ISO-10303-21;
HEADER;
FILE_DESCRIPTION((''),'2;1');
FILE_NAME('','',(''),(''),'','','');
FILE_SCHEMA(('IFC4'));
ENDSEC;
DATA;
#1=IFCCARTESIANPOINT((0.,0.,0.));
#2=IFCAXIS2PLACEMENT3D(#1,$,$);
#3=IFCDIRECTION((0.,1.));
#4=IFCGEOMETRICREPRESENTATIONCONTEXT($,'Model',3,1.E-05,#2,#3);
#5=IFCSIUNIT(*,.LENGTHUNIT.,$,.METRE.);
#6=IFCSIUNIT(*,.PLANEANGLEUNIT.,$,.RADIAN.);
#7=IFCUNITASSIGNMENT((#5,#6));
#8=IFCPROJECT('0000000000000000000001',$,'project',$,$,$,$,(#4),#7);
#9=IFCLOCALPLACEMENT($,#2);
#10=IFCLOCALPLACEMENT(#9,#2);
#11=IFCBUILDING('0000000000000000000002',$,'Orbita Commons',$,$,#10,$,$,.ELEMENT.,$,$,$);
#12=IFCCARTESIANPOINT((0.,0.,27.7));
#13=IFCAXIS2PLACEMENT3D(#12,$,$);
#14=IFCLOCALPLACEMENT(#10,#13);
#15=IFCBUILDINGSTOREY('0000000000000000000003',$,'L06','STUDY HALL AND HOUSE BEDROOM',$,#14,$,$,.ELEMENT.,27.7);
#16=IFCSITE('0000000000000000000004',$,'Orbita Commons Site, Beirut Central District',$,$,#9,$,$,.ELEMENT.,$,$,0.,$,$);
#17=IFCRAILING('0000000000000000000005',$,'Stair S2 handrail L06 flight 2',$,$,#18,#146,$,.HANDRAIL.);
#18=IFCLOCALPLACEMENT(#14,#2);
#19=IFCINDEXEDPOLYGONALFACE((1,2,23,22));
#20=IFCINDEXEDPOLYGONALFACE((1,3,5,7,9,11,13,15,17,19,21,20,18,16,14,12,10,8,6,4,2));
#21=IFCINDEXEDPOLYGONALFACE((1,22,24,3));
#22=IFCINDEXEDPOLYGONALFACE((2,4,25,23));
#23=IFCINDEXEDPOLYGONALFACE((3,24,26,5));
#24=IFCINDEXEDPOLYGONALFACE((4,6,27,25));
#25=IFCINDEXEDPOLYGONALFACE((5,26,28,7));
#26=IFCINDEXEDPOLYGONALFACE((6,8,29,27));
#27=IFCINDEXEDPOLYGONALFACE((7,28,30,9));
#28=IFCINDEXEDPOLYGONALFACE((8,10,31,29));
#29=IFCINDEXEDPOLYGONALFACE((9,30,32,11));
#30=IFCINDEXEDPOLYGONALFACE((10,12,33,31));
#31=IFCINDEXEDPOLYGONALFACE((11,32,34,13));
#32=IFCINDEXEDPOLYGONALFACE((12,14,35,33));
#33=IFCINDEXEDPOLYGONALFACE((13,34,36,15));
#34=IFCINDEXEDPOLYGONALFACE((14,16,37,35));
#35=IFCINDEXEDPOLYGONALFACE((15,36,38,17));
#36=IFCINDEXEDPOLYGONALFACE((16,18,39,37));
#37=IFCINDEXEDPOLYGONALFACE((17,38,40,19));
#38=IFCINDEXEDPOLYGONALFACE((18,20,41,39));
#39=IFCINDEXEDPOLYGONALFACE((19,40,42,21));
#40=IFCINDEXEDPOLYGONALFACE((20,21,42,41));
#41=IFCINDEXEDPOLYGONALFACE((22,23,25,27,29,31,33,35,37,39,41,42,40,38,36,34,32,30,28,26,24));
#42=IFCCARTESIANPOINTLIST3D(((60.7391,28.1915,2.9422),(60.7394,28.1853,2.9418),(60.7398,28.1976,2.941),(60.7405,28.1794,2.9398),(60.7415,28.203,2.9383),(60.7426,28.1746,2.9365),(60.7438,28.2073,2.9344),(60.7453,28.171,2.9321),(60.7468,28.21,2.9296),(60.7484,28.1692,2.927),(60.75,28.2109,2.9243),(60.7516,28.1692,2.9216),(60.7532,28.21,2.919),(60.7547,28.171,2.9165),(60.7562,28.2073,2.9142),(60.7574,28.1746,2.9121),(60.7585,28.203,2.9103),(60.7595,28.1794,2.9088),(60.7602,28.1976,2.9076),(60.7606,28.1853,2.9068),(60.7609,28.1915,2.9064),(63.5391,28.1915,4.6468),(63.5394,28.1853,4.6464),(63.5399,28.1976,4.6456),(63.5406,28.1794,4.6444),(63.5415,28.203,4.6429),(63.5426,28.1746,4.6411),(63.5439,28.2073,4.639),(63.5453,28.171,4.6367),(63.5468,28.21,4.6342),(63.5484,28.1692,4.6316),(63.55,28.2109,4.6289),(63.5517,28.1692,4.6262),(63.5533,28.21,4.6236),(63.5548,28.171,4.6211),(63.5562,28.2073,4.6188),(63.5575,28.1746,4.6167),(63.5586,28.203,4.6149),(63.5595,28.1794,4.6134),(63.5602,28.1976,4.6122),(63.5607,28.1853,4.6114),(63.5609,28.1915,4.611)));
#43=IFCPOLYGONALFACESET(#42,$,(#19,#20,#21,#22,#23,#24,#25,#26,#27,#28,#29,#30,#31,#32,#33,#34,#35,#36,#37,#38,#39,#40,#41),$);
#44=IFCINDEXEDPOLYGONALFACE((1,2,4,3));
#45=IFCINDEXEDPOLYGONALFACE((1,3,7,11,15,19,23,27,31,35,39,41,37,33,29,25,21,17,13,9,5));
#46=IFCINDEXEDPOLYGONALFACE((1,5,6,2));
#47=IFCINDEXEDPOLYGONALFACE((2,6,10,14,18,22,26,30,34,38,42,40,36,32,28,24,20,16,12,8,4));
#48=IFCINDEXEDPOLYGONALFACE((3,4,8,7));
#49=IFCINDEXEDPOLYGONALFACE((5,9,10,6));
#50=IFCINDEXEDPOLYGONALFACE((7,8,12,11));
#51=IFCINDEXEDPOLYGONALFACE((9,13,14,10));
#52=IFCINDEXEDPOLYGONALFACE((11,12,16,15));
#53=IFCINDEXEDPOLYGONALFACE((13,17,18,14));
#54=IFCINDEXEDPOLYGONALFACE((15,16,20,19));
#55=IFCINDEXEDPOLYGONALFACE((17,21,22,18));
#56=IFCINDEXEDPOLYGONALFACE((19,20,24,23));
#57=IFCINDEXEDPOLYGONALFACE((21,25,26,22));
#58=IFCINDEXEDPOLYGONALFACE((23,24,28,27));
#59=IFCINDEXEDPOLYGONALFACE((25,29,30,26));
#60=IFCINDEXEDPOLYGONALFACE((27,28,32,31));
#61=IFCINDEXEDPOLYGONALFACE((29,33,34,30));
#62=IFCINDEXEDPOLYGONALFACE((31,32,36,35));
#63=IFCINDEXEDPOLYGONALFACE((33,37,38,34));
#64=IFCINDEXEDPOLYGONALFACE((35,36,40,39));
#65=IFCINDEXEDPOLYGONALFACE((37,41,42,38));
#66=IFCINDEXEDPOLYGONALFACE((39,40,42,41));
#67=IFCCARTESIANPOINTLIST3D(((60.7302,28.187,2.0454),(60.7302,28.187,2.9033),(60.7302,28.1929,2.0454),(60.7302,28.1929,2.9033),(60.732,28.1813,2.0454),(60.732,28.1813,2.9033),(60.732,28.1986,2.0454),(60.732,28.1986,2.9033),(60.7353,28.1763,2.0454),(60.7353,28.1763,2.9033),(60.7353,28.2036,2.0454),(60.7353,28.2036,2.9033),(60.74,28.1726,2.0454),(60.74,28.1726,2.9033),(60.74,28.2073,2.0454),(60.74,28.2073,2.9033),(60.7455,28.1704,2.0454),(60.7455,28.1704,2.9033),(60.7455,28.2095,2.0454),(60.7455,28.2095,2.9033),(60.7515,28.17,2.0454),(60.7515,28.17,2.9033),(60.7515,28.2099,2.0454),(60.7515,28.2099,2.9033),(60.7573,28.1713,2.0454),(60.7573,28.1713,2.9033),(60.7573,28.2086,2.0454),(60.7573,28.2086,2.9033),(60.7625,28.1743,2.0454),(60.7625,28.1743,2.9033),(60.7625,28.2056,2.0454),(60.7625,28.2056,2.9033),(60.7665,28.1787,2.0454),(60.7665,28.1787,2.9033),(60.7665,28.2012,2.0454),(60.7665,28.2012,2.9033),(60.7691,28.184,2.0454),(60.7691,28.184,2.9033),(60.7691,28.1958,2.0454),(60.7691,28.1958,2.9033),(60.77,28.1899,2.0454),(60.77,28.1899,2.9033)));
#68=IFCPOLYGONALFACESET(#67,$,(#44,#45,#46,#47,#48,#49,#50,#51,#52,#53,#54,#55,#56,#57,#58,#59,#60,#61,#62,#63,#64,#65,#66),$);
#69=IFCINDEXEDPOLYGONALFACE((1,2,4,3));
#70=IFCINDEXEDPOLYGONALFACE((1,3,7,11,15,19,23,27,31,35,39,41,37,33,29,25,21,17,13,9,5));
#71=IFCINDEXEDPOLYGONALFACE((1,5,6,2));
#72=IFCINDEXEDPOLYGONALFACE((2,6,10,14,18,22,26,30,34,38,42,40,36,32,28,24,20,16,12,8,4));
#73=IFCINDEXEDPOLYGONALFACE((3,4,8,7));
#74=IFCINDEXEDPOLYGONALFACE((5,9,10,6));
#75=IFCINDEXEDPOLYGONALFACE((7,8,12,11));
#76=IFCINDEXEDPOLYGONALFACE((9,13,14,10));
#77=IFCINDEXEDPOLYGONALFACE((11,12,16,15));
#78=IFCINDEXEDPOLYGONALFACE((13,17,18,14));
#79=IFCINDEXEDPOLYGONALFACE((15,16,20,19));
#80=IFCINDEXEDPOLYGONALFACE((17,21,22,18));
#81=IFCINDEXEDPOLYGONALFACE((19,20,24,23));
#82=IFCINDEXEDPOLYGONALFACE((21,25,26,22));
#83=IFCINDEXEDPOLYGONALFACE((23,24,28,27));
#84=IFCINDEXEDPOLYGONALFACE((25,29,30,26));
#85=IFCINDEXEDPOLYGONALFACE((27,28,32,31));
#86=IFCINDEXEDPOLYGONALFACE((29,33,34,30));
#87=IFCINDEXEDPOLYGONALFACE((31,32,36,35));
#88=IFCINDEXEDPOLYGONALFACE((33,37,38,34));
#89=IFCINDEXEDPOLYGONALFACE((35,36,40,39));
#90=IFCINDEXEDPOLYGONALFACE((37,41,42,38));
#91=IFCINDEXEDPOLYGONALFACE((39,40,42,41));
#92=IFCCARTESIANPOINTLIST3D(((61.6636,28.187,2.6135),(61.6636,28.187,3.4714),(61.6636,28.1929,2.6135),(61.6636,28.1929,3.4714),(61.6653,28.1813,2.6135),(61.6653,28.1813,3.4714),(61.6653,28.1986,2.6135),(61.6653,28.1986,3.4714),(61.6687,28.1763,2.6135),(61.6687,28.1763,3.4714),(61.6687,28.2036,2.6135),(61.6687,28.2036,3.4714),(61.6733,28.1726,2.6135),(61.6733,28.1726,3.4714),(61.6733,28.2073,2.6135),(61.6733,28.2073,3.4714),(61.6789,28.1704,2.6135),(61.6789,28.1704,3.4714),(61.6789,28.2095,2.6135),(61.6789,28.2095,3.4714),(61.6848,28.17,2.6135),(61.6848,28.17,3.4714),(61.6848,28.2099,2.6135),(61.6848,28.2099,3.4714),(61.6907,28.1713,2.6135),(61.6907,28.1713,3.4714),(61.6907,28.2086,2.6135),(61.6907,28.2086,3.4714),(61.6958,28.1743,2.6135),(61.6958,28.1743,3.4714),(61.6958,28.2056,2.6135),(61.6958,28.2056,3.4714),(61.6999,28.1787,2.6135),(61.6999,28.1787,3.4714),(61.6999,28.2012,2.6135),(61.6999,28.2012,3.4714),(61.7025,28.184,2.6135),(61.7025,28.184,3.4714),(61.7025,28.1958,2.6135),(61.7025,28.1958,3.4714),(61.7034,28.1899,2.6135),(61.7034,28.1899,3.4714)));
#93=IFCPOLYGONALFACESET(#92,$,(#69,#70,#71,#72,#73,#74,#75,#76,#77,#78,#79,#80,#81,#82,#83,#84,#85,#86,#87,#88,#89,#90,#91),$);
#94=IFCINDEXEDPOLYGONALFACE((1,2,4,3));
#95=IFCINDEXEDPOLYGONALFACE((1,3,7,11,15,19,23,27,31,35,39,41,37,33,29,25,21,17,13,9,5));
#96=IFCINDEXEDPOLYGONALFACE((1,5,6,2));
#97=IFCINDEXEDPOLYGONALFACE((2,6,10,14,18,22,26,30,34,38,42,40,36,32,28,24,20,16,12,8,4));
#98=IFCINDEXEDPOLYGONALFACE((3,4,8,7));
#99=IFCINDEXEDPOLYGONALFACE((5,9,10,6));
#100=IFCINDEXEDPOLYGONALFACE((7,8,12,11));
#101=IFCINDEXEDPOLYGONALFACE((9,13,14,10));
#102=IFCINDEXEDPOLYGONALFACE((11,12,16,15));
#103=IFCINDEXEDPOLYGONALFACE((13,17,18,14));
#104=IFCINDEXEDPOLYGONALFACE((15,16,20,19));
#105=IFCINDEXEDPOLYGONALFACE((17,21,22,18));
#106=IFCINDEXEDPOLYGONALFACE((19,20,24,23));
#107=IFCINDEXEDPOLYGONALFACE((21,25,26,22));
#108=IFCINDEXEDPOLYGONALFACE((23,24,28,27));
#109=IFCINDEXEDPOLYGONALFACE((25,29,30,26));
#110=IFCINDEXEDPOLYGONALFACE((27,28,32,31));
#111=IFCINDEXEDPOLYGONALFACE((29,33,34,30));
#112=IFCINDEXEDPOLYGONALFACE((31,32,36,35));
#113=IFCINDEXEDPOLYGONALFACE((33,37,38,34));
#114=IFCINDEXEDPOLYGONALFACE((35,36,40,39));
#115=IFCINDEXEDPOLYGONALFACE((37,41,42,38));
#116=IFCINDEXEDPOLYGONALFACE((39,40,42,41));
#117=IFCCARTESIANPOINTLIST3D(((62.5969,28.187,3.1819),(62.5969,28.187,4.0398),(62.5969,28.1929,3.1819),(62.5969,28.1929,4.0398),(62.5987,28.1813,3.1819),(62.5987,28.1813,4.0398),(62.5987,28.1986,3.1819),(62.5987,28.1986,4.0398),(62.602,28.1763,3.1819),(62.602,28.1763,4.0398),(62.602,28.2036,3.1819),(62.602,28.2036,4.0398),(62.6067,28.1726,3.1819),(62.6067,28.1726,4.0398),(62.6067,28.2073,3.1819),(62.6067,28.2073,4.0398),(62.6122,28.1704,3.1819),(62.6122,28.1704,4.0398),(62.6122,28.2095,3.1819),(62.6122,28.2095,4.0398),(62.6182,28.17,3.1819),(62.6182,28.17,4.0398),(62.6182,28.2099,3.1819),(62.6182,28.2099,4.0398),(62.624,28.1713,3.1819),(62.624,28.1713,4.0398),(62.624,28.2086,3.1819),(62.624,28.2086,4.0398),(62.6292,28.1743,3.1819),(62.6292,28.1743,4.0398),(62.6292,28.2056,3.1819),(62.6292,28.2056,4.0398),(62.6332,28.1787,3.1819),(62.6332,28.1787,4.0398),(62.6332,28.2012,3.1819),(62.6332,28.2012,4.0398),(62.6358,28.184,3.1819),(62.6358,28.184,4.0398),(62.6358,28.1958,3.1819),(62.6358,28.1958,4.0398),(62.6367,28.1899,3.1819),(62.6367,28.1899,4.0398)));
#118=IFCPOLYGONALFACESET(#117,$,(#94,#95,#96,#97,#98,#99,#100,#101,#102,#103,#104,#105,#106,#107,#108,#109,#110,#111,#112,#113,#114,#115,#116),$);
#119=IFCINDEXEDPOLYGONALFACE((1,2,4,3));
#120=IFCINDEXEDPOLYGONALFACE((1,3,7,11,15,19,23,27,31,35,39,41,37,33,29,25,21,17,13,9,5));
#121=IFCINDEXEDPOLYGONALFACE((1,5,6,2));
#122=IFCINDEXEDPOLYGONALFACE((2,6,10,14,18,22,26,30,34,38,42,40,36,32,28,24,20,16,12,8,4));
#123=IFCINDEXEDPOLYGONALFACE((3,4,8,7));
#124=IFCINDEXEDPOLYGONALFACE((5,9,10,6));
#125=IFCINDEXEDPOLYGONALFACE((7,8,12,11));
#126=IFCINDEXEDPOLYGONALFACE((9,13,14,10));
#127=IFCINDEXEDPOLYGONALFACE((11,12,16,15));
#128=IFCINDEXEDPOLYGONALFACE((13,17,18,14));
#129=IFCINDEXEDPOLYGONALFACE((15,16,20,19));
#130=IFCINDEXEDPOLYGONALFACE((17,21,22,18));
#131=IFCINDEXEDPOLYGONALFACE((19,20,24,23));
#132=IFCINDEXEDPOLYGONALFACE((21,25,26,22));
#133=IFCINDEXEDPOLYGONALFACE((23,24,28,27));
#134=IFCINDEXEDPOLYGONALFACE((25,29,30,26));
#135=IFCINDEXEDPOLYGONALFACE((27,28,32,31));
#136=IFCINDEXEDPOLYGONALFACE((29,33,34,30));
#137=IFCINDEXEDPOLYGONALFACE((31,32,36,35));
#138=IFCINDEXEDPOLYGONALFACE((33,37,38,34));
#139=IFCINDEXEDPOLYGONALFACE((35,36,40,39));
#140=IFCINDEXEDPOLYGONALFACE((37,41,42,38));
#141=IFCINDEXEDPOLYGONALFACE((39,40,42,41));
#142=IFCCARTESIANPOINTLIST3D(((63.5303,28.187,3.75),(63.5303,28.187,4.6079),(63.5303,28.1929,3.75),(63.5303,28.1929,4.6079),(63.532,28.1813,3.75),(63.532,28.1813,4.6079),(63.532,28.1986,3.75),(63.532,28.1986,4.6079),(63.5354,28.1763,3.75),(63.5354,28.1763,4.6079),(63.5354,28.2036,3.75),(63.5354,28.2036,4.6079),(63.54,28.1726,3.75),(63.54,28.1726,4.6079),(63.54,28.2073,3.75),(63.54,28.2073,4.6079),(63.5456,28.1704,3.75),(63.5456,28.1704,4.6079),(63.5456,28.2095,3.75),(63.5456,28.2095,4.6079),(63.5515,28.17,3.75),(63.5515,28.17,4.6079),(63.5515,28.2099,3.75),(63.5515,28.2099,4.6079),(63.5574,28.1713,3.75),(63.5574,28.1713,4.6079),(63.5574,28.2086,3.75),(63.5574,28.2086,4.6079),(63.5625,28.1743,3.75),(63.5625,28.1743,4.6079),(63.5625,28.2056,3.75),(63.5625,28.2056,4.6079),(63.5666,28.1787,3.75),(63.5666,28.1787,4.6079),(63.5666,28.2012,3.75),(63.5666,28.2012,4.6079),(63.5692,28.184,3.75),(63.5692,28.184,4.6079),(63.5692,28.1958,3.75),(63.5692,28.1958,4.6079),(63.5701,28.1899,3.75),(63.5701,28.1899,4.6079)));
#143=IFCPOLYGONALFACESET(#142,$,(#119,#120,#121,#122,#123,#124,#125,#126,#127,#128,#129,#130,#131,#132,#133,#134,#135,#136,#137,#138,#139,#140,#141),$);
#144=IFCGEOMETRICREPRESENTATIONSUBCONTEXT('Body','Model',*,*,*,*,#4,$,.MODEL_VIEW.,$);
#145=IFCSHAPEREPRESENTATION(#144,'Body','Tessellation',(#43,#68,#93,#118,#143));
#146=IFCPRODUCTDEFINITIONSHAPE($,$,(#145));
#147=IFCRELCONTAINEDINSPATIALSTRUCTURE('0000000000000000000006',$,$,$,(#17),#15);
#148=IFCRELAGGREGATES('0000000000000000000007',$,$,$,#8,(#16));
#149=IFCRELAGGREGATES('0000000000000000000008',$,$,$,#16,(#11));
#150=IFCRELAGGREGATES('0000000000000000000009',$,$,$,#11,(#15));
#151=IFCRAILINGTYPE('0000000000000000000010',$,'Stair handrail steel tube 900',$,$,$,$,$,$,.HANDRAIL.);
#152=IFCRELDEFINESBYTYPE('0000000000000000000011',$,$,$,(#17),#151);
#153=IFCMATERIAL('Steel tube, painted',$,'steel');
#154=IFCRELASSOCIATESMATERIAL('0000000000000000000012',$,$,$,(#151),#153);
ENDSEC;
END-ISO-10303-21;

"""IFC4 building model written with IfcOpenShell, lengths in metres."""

from ifc_helpers import new_model, si_unit, direction, frame, origin, origin_2d, place, context, subcontext, project, spatial, circle, extrude, material, type_object, element, save


model = new_model("IFC4")

# Units and contexts
model_context = context("Model", 3, precision=1e-05, world=origin(), true_north=direction((0.0, 1.0)))
body_context = subcontext(model_context, "Body", "Model", "MODEL_VIEW")
ifc_project = project(units=[si_unit("LENGTHUNIT", "METRE"), si_unit("PLANEANGLEUNIT", "RADIAN")], contexts=[model_context])

# Site, building, storey
site_placement = place(None, origin())
site = spatial("IfcSite", under=ifc_project, at=site_placement, Name="Orbita Commons Site, Beirut Central District", CompositionType="ELEMENT", RefElevation=0.0)
building_placement = place(site_placement, origin())
building = spatial("IfcBuilding", under=site, at=building_placement, Name="Orbita Commons", CompositionType="ELEMENT")
storey_placement = place(building_placement, frame((0.0, 0.0, 27.7)))
storey = spatial("IfcBuildingStorey", under=building, at=storey_placement, Name="L06", Description="STUDY HALL AND HOUSE BEDROOM", CompositionType="ELEMENT", Elevation=27.7)

# Railing
ifc_material_1 = material(Name="Steel tube, painted", Category="steel")
railing_type = type_object("IfcRailingType", Name="Stair handrail steel tube 900", PredefinedType="HANDRAIL", material=ifc_material_1)
for number, where, name in (
    (1, (60.75, 28.1899, 2.0454), "Stair S2 handrail L06 flight 2"),
):
    element("IfcRailing", number, at=place(storey_placement, frame(where)), inside=storey, type_object=railing_type, Name=name, PredefinedType="HANDRAIL", context=body_context, shape_type="SweptSolid", body=[
        extrude(circle(Radius=0.021, at=origin_2d()), frame((0.0, 0.0, 0.8789), z_axis=(0.85417, 0.0, 0.519994), x_axis=(0.0, 1.0, 0.0)), (0.0, 0.0, 1.0), 3.2781),
        extrude(circle(Radius=0.02, at=origin_2d()), origin(), (0.0, 0.0, 1.0), 0.8579),
        extrude(circle(Radius=0.02, at=origin_2d()), frame((0.9333, 0.0, 0.5681)), (0.0, 0.0, 1.0), 0.8579),
        extrude(circle(Radius=0.02, at=origin_2d()), frame((1.8667, 0.0, 1.1365)), (0.0, 0.0, 1.0), 0.8579),
        extrude(circle(Radius=0.02, at=origin_2d()), frame((2.8, 0.0, 1.7046)), (0.0, 0.0, 1.0), 0.8579),
    ])

save(model, "model.ifc")
